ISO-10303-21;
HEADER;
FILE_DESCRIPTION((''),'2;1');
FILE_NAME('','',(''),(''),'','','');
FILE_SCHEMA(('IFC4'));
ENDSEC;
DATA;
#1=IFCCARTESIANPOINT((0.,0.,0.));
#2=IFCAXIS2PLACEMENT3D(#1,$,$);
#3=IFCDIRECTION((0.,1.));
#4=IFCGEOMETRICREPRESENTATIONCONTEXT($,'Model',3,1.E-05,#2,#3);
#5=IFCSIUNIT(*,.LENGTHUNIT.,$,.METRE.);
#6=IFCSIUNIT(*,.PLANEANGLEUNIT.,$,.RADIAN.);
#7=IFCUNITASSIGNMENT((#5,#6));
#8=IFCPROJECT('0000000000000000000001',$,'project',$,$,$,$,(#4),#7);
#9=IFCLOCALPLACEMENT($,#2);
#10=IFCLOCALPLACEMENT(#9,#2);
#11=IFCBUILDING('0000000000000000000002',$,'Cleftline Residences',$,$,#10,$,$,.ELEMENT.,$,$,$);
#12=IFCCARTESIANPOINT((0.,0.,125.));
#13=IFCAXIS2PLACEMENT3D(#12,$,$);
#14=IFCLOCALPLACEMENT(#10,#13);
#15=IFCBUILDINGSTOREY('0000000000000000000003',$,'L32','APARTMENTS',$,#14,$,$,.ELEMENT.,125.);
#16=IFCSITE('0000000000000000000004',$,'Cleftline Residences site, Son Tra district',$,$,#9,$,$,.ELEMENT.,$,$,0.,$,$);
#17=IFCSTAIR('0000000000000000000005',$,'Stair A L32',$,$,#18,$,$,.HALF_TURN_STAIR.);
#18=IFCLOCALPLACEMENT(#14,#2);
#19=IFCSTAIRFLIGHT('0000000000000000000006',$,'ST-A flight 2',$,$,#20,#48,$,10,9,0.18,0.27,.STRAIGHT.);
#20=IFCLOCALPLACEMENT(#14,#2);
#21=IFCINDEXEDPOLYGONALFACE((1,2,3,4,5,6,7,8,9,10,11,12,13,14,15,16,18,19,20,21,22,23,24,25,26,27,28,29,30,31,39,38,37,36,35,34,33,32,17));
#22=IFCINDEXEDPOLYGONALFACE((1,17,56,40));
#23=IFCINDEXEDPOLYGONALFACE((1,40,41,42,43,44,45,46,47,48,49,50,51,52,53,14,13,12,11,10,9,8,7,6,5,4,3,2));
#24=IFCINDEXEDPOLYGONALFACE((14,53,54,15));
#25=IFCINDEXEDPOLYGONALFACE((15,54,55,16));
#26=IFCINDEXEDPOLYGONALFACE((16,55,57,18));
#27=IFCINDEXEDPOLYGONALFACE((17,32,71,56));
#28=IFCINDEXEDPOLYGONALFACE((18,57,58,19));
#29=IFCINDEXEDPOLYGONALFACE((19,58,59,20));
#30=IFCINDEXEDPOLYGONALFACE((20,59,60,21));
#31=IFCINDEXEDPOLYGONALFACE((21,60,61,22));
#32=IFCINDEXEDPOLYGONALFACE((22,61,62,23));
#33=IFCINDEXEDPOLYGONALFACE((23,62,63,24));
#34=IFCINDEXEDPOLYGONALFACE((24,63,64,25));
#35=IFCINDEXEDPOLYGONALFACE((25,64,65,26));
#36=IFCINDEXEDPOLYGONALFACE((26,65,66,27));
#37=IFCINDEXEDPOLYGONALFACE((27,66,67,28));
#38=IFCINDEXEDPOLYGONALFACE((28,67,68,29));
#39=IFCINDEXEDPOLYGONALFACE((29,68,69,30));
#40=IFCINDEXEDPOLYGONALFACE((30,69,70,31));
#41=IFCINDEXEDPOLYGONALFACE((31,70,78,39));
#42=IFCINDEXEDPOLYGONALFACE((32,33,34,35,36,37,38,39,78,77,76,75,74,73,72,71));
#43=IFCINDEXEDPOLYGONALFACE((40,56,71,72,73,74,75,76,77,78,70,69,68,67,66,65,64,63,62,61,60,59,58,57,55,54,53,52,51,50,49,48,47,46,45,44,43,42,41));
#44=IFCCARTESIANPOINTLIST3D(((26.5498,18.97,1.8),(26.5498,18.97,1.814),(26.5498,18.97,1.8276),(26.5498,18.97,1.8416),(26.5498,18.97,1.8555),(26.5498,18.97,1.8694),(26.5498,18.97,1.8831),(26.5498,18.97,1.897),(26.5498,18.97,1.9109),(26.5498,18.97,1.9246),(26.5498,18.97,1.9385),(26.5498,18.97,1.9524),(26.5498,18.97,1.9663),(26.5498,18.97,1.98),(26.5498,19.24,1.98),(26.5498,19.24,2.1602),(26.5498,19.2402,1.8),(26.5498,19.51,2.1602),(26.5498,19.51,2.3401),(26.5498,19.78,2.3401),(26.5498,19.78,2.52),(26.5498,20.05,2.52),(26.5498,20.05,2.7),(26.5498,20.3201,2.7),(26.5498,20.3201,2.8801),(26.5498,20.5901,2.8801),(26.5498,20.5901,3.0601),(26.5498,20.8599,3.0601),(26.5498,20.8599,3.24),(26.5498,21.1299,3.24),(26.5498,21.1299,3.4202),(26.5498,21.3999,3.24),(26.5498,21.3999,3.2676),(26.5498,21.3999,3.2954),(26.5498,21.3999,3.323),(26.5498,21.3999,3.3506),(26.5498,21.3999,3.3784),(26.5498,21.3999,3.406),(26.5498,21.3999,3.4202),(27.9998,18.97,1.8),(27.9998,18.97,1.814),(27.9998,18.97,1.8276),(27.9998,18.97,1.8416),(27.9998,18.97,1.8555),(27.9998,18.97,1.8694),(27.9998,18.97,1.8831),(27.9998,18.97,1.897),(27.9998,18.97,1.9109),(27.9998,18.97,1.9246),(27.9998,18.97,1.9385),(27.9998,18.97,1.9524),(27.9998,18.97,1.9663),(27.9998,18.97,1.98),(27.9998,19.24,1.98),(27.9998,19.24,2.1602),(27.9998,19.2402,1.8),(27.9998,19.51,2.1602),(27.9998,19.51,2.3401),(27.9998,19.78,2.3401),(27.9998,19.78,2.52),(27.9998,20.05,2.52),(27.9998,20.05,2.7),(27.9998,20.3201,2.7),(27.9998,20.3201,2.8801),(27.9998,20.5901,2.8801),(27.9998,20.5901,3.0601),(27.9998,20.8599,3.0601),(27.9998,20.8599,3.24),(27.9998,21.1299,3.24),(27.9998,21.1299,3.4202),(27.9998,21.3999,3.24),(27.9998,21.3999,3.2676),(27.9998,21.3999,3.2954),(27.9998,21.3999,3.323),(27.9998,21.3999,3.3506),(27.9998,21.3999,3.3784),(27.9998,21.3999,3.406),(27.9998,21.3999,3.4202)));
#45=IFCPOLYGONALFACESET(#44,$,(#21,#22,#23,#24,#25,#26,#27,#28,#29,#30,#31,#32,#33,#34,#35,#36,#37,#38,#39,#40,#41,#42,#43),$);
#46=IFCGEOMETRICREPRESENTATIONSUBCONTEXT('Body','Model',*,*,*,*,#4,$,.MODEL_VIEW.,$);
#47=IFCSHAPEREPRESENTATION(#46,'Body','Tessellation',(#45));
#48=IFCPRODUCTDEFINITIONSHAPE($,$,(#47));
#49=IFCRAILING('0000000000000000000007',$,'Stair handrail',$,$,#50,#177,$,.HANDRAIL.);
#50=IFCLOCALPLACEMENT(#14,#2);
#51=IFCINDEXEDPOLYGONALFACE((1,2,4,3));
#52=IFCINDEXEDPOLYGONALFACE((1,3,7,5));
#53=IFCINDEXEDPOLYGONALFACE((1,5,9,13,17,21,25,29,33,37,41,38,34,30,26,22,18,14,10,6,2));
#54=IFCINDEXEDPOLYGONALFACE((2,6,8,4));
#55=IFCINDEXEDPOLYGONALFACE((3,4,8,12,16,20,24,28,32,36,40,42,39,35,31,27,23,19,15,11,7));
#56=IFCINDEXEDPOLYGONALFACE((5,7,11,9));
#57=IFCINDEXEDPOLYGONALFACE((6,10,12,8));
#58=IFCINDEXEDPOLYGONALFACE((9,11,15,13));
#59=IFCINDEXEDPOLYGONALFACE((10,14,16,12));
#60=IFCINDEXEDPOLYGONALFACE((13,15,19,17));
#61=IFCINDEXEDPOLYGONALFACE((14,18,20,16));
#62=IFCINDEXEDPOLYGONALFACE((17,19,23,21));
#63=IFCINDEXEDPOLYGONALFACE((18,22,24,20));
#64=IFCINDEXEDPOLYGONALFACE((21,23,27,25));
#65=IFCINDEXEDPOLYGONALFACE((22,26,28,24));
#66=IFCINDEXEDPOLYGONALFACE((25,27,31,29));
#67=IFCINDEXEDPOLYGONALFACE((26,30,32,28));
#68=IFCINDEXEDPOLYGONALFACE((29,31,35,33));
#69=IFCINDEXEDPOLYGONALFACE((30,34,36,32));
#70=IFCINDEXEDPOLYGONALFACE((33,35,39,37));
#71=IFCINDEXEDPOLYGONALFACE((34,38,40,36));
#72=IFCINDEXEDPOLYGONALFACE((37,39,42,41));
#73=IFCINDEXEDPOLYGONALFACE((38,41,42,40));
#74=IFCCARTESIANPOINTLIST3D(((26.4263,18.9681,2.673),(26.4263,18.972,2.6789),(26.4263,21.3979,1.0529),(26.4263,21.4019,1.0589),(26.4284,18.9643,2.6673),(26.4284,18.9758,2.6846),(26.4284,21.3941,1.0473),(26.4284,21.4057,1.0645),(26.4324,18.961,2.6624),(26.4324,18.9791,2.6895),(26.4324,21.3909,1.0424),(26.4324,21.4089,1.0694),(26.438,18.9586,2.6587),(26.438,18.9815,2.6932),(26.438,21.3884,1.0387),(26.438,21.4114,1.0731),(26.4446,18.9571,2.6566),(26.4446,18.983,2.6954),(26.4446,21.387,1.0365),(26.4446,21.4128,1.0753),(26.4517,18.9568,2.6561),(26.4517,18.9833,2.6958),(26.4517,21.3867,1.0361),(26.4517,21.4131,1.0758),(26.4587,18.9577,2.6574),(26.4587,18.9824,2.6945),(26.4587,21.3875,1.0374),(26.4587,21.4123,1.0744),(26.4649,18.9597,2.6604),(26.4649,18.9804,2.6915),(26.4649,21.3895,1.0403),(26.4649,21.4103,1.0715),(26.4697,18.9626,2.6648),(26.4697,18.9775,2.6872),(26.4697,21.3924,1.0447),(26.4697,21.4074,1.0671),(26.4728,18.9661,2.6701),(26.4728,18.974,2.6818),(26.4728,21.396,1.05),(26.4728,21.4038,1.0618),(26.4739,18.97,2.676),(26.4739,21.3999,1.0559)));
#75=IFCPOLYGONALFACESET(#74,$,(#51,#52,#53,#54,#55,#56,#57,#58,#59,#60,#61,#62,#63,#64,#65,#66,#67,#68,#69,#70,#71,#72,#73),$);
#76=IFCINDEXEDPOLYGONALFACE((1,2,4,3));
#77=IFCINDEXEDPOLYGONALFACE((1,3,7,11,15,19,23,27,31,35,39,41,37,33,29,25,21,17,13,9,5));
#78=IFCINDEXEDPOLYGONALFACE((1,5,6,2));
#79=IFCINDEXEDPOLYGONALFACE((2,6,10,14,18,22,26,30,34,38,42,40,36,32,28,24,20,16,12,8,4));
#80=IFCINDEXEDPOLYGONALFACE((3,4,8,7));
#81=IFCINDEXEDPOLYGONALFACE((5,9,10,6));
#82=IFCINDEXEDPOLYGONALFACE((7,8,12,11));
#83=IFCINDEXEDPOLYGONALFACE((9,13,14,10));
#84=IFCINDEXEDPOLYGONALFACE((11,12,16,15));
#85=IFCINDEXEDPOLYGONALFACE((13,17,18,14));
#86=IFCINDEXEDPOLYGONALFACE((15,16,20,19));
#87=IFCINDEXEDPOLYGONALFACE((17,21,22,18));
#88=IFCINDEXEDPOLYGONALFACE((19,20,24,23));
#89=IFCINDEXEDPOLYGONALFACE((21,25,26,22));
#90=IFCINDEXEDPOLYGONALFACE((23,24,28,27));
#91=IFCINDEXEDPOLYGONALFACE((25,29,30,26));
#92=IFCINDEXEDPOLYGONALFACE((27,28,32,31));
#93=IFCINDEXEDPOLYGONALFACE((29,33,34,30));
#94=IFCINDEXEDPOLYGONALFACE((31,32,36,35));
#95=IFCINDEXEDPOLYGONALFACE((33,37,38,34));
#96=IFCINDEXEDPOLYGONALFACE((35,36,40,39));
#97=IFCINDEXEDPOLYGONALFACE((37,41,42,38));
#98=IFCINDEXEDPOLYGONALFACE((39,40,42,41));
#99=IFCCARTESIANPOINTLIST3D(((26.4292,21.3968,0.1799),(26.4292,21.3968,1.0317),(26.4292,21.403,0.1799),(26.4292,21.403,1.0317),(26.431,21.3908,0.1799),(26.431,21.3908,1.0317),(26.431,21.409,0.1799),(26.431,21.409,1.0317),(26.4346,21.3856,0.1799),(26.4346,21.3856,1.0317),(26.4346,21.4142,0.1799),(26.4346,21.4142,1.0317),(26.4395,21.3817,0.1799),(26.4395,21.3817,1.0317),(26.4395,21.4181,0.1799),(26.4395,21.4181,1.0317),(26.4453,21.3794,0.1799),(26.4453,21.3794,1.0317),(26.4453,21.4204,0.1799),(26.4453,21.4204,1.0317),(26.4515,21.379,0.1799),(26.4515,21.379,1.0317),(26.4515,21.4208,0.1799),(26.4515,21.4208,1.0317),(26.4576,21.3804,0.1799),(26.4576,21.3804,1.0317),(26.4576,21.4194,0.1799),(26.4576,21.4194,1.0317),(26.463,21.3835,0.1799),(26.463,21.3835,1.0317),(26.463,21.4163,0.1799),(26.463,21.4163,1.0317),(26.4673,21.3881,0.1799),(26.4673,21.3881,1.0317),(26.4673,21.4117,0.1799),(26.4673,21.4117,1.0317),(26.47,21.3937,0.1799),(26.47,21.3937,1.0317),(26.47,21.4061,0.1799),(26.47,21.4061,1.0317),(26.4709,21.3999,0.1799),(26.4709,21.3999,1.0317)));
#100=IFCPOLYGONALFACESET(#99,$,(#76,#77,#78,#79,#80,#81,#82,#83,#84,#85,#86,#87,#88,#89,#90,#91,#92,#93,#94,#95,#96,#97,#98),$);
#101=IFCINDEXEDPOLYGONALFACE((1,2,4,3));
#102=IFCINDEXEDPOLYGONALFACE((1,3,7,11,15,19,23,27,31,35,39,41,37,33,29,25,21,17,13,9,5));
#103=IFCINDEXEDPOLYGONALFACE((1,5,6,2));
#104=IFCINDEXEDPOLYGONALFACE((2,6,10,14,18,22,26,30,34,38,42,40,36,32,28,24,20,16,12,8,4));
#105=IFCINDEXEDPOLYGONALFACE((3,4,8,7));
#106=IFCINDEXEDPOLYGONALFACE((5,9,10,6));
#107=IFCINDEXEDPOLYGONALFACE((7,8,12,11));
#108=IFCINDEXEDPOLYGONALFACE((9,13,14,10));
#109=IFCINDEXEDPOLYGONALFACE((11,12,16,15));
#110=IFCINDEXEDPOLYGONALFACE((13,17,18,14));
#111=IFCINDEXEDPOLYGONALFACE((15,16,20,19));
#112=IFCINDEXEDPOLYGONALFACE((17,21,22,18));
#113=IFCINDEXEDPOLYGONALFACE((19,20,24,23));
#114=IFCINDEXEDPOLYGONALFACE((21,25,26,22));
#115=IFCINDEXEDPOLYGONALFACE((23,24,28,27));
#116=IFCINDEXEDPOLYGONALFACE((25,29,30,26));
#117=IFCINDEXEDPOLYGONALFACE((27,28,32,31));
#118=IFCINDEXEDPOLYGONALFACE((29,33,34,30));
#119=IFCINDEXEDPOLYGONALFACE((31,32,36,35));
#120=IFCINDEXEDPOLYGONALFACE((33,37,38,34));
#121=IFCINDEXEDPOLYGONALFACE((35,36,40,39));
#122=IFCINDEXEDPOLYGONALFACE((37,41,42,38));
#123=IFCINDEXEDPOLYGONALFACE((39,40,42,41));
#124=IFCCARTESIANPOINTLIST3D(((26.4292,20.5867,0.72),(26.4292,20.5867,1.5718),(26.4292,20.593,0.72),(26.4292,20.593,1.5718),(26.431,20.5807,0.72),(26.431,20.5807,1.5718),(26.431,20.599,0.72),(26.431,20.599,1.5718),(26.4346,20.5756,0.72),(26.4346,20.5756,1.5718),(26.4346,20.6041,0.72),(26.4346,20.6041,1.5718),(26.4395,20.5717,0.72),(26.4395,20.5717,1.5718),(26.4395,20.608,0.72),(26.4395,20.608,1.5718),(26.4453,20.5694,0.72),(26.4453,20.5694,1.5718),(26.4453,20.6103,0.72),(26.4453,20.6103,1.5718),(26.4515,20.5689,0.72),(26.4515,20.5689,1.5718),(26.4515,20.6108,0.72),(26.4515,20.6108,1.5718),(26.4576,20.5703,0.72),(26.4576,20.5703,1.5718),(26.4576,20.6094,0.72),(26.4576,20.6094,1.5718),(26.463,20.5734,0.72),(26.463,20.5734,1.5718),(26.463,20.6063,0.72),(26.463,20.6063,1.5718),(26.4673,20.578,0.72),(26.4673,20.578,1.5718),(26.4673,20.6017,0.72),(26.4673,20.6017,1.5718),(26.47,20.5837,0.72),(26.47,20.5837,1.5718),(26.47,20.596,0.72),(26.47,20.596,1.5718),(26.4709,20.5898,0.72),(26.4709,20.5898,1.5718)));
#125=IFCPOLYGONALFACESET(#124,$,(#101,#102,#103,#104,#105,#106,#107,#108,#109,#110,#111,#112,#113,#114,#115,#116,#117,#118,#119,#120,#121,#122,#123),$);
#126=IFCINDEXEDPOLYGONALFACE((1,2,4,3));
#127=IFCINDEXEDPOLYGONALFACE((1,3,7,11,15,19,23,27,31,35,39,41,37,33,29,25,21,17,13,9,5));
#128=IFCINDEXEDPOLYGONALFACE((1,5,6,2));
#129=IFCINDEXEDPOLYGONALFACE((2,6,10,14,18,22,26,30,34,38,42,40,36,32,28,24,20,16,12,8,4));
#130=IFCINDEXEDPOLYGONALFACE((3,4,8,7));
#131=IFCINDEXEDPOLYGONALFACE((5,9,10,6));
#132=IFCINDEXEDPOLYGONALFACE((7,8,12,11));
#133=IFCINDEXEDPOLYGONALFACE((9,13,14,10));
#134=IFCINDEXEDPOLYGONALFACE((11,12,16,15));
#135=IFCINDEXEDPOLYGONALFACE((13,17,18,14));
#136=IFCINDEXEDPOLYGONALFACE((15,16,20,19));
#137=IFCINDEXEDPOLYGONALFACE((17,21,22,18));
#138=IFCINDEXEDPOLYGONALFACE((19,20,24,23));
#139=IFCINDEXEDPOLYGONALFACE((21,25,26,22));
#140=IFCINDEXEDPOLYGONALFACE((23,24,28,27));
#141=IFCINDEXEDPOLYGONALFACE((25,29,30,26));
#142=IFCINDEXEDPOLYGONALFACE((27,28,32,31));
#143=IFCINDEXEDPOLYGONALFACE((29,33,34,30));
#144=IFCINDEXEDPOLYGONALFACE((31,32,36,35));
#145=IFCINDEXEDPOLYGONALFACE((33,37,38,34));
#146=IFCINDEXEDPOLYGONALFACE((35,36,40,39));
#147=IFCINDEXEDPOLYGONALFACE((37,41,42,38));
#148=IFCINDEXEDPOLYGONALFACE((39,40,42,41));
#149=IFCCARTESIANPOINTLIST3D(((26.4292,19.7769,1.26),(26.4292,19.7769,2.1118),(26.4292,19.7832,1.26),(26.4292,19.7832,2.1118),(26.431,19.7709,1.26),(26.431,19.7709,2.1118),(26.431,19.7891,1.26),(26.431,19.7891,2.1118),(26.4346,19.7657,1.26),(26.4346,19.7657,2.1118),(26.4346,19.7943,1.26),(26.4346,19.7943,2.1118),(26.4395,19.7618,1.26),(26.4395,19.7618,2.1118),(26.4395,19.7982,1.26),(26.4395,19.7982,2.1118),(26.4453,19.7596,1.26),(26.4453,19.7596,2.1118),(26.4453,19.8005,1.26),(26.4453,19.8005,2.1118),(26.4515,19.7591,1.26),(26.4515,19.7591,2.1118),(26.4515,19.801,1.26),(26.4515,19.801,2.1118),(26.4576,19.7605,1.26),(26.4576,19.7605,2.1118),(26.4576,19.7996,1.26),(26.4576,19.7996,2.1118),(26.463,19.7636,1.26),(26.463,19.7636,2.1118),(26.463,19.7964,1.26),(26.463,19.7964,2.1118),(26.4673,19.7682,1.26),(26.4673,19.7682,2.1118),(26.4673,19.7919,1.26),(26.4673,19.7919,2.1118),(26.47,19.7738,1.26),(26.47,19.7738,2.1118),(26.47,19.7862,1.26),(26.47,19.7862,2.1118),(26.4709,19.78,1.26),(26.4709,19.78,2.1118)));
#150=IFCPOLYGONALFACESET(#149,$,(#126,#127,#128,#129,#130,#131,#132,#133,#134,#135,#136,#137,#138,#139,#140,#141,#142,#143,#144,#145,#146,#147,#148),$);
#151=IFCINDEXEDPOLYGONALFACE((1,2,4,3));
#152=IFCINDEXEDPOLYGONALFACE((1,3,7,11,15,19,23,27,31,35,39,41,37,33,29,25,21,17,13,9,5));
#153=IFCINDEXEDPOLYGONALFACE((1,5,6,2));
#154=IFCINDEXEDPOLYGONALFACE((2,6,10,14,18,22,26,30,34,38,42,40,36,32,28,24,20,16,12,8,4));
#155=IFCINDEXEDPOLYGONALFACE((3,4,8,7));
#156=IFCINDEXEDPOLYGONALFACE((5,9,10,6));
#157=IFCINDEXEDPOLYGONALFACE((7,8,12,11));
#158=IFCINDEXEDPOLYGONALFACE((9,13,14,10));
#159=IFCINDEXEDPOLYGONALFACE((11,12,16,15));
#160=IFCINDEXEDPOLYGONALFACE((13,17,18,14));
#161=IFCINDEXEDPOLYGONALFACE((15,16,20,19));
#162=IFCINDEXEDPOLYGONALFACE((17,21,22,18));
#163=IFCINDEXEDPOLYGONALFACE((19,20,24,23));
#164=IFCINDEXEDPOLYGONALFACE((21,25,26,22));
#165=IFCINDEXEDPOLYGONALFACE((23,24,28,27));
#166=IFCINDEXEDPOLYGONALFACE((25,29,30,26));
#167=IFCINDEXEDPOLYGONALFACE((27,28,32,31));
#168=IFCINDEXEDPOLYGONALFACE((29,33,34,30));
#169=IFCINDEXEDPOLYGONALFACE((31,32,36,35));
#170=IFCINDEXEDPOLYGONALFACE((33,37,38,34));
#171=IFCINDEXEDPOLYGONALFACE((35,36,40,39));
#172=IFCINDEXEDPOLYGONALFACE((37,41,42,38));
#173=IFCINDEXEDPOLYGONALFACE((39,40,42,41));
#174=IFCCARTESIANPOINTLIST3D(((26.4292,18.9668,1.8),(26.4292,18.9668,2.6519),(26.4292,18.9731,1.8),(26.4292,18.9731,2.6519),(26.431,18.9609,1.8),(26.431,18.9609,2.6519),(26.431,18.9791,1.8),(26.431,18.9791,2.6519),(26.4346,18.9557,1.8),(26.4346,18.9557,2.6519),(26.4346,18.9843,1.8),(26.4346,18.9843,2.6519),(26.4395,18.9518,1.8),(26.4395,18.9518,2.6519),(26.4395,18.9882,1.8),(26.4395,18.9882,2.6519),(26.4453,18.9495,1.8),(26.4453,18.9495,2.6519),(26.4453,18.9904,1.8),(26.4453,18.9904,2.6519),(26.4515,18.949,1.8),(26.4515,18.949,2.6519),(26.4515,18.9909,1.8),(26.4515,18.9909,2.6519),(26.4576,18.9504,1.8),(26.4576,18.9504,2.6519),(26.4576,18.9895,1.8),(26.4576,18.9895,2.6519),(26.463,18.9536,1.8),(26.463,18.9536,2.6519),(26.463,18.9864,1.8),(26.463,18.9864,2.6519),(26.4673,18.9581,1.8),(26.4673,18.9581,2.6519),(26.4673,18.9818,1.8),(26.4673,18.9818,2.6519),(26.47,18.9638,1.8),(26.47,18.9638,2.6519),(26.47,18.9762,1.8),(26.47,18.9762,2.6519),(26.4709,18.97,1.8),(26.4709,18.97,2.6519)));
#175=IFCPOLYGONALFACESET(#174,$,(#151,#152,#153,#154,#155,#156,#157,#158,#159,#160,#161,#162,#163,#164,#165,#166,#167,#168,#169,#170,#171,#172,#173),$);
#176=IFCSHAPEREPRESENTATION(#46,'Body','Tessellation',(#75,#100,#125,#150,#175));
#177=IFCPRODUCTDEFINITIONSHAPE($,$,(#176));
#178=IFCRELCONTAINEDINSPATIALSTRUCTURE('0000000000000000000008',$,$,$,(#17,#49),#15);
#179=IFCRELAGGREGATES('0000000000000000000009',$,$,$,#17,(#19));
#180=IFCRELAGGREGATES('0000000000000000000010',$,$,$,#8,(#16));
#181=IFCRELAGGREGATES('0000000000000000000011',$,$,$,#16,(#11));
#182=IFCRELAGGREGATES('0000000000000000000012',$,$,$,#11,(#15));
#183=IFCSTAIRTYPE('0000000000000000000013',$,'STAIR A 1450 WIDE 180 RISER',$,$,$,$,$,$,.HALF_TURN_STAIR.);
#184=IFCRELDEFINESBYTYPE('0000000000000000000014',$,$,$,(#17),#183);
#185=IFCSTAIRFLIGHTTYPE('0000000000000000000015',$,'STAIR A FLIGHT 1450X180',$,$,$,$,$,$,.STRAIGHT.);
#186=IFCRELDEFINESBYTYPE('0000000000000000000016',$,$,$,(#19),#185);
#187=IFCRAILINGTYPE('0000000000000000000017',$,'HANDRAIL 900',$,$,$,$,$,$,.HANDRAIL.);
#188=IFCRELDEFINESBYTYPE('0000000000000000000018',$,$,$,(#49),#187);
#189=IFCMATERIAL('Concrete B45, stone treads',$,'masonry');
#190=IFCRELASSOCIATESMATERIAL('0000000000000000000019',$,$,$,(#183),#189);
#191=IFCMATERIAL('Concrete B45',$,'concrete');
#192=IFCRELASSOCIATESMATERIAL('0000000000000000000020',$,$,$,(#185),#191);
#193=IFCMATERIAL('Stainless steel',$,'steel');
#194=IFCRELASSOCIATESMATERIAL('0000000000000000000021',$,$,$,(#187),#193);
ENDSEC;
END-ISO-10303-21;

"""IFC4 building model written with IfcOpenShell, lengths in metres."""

from ifc_helpers import new_model, si_unit, direction, frame, origin, origin_2d, place, context, subcontext, project, spatial, polyline, circle, outline, extrude, material, type_object, element, aggregate, save


model = new_model("IFC4")

# Units and contexts
model_context = context("Model", 3, precision=1e-05, world=origin(), true_north=direction((0.0, 1.0)))
body_context = subcontext(model_context, "Body", "Model", "MODEL_VIEW")
ifc_project = project(units=[si_unit("LENGTHUNIT", "METRE"), si_unit("PLANEANGLEUNIT", "RADIAN")], contexts=[model_context])

# Site, building, storey
site_placement = place(None, origin())
site = spatial("IfcSite", under=ifc_project, at=site_placement, Name="Cleftline Residences site, Son Tra district", CompositionType="ELEMENT", RefElevation=0.0)
building_placement = place(site_placement, origin())
building = spatial("IfcBuilding", under=site, at=building_placement, Name="Cleftline Residences", CompositionType="ELEMENT")
storey_placement = place(building_placement, frame((0.0, 0.0, 125.0)))
storey = spatial("IfcBuildingStorey", under=building, at=storey_placement, Name="L32", Description="APARTMENTS", CompositionType="ELEMENT", Elevation=125.0)

# Stair, stair flight
ifc_material_1 = material(Name="Concrete B45, stone treads", Category="masonry")
stair_type = type_object("IfcStairType", Name="STAIR A 1450 WIDE 180 RISER", PredefinedType="HALF_TURN_STAIR", material=ifc_material_1)
stair_placement = place(storey_placement, origin())
stair = element("IfcStair", 1, at=stair_placement, inside=storey, type_object=stair_type, Name="Stair A L32", PredefinedType="HALF_TURN_STAIR")
ifc_material_2 = material(Name="Concrete B45", Category="concrete")
stair_flight_type = type_object("IfcStairFlightType", Name="STAIR A FLIGHT 1450X180", PredefinedType="STRAIGHT", material=ifc_material_2)
stair_flight_1_placement = place(storey_placement, frame((27.2749, 18.97, 1.8), z_axis=(0.0, 0.0, 1.0), x_axis=(0.0, 1.0, 0.0)))
stair_flight_1 = element("IfcStairFlight", 2, at=stair_flight_1_placement, type_object=stair_flight_type, Name="ST-A flight 2", NumberOfRisers=10, NumberOfTreads=9, PredefinedType="STRAIGHT", RiserHeight=0.18, TreadLength=0.27, context=body_context, shape_type="SweptSolid", body=[
    extrude(outline(polyline([(0.0, 0.0), (0.0, 0.0139), (0.0, 0.0276), (0.0, 0.0415), (0.0, 0.0554), (0.0, 0.0693), (0.0, 0.083), (0.0, 0.0969), (0.0, 0.1108), (0.0, 0.1245), (0.0, 0.1384), (0.0, 0.1523), (0.0, 0.1663), (0.0, 0.1799), (0.27, 0.1799), (0.27, 0.3601), (0.54, 0.3601), (0.54, 0.54), (0.8101, 0.54), (0.8101, 0.72), (1.0801, 0.72), (1.0801, 0.8999), (1.3501, 0.8999), (1.3501, 1.0801), (1.6201, 1.0801), (1.6201, 1.26), (1.8899, 1.26), (1.8899, 1.4399), (2.1599, 1.4399), (2.1599, 1.6201), (2.4299, 1.6201), (2.4299, 1.8), (2.4299, 1.7722), (2.4299, 1.7446), (2.4299, 1.7168), (2.4299, 1.6892), (2.4299, 1.6614), (2.4299, 1.6338), (2.4299, 1.606), (2.4299, 1.5784), (2.4299, 1.5505), (2.4299, 1.5229), (2.4299, 1.4954), (2.4299, 1.4675), (2.4299, 1.4399), (0.2703, 0.0), (0.0, 0.0)])), frame((0.0, 0.7251, 0.0), z_axis=(0.0, -1.0, 0.0), x_axis=(1.0, 0.0, 0.0)), (0.0, 0.0, 1.0), 1.45),
])
aggregate(stair, [stair_flight_1])

# Railing
ifc_material_3 = material(Name="Stainless steel", Category="steel")
railing_type = type_object("IfcRailingType", Name="HANDRAIL 900", PredefinedType="HANDRAIL", material=ifc_material_3)
railing_1_placement = place(storey_placement, frame((26.45, 21.3999, 0.1799)))
element("IfcRailing", 3, at=railing_1_placement, inside=storey, type_object=railing_type, Name="Stair handrail", PredefinedType="HANDRAIL", context=body_context, shape_type="SweptSolid", body=[
    extrude(circle(Radius=0.0239, at=origin_2d()), frame((0.0, 0.0, 0.876), z_axis=(0.0, -0.832025, 0.554739), x_axis=(1.0, 0.0, 0.0)), (0.0, 0.0, 1.0), 2.9204),
    extrude(circle(Radius=0.021, at=origin_2d()), origin(), (0.0, 0.0, 1.0), 0.8518),
    extrude(circle(Radius=0.021, at=origin_2d()), frame((0.0, -0.8101, 0.54)), (0.0, 0.0, 1.0), 0.8518),
    extrude(circle(Radius=0.021, at=origin_2d()), frame((0.0, -1.6199, 1.0801)), (0.0, 0.0, 1.0), 0.8518),
    extrude(circle(Radius=0.021, at=origin_2d()), frame((0.0, -2.4299, 1.6201)), (0.0, 0.0, 1.0), 0.8518),
])

save(model, "model.ifc")
